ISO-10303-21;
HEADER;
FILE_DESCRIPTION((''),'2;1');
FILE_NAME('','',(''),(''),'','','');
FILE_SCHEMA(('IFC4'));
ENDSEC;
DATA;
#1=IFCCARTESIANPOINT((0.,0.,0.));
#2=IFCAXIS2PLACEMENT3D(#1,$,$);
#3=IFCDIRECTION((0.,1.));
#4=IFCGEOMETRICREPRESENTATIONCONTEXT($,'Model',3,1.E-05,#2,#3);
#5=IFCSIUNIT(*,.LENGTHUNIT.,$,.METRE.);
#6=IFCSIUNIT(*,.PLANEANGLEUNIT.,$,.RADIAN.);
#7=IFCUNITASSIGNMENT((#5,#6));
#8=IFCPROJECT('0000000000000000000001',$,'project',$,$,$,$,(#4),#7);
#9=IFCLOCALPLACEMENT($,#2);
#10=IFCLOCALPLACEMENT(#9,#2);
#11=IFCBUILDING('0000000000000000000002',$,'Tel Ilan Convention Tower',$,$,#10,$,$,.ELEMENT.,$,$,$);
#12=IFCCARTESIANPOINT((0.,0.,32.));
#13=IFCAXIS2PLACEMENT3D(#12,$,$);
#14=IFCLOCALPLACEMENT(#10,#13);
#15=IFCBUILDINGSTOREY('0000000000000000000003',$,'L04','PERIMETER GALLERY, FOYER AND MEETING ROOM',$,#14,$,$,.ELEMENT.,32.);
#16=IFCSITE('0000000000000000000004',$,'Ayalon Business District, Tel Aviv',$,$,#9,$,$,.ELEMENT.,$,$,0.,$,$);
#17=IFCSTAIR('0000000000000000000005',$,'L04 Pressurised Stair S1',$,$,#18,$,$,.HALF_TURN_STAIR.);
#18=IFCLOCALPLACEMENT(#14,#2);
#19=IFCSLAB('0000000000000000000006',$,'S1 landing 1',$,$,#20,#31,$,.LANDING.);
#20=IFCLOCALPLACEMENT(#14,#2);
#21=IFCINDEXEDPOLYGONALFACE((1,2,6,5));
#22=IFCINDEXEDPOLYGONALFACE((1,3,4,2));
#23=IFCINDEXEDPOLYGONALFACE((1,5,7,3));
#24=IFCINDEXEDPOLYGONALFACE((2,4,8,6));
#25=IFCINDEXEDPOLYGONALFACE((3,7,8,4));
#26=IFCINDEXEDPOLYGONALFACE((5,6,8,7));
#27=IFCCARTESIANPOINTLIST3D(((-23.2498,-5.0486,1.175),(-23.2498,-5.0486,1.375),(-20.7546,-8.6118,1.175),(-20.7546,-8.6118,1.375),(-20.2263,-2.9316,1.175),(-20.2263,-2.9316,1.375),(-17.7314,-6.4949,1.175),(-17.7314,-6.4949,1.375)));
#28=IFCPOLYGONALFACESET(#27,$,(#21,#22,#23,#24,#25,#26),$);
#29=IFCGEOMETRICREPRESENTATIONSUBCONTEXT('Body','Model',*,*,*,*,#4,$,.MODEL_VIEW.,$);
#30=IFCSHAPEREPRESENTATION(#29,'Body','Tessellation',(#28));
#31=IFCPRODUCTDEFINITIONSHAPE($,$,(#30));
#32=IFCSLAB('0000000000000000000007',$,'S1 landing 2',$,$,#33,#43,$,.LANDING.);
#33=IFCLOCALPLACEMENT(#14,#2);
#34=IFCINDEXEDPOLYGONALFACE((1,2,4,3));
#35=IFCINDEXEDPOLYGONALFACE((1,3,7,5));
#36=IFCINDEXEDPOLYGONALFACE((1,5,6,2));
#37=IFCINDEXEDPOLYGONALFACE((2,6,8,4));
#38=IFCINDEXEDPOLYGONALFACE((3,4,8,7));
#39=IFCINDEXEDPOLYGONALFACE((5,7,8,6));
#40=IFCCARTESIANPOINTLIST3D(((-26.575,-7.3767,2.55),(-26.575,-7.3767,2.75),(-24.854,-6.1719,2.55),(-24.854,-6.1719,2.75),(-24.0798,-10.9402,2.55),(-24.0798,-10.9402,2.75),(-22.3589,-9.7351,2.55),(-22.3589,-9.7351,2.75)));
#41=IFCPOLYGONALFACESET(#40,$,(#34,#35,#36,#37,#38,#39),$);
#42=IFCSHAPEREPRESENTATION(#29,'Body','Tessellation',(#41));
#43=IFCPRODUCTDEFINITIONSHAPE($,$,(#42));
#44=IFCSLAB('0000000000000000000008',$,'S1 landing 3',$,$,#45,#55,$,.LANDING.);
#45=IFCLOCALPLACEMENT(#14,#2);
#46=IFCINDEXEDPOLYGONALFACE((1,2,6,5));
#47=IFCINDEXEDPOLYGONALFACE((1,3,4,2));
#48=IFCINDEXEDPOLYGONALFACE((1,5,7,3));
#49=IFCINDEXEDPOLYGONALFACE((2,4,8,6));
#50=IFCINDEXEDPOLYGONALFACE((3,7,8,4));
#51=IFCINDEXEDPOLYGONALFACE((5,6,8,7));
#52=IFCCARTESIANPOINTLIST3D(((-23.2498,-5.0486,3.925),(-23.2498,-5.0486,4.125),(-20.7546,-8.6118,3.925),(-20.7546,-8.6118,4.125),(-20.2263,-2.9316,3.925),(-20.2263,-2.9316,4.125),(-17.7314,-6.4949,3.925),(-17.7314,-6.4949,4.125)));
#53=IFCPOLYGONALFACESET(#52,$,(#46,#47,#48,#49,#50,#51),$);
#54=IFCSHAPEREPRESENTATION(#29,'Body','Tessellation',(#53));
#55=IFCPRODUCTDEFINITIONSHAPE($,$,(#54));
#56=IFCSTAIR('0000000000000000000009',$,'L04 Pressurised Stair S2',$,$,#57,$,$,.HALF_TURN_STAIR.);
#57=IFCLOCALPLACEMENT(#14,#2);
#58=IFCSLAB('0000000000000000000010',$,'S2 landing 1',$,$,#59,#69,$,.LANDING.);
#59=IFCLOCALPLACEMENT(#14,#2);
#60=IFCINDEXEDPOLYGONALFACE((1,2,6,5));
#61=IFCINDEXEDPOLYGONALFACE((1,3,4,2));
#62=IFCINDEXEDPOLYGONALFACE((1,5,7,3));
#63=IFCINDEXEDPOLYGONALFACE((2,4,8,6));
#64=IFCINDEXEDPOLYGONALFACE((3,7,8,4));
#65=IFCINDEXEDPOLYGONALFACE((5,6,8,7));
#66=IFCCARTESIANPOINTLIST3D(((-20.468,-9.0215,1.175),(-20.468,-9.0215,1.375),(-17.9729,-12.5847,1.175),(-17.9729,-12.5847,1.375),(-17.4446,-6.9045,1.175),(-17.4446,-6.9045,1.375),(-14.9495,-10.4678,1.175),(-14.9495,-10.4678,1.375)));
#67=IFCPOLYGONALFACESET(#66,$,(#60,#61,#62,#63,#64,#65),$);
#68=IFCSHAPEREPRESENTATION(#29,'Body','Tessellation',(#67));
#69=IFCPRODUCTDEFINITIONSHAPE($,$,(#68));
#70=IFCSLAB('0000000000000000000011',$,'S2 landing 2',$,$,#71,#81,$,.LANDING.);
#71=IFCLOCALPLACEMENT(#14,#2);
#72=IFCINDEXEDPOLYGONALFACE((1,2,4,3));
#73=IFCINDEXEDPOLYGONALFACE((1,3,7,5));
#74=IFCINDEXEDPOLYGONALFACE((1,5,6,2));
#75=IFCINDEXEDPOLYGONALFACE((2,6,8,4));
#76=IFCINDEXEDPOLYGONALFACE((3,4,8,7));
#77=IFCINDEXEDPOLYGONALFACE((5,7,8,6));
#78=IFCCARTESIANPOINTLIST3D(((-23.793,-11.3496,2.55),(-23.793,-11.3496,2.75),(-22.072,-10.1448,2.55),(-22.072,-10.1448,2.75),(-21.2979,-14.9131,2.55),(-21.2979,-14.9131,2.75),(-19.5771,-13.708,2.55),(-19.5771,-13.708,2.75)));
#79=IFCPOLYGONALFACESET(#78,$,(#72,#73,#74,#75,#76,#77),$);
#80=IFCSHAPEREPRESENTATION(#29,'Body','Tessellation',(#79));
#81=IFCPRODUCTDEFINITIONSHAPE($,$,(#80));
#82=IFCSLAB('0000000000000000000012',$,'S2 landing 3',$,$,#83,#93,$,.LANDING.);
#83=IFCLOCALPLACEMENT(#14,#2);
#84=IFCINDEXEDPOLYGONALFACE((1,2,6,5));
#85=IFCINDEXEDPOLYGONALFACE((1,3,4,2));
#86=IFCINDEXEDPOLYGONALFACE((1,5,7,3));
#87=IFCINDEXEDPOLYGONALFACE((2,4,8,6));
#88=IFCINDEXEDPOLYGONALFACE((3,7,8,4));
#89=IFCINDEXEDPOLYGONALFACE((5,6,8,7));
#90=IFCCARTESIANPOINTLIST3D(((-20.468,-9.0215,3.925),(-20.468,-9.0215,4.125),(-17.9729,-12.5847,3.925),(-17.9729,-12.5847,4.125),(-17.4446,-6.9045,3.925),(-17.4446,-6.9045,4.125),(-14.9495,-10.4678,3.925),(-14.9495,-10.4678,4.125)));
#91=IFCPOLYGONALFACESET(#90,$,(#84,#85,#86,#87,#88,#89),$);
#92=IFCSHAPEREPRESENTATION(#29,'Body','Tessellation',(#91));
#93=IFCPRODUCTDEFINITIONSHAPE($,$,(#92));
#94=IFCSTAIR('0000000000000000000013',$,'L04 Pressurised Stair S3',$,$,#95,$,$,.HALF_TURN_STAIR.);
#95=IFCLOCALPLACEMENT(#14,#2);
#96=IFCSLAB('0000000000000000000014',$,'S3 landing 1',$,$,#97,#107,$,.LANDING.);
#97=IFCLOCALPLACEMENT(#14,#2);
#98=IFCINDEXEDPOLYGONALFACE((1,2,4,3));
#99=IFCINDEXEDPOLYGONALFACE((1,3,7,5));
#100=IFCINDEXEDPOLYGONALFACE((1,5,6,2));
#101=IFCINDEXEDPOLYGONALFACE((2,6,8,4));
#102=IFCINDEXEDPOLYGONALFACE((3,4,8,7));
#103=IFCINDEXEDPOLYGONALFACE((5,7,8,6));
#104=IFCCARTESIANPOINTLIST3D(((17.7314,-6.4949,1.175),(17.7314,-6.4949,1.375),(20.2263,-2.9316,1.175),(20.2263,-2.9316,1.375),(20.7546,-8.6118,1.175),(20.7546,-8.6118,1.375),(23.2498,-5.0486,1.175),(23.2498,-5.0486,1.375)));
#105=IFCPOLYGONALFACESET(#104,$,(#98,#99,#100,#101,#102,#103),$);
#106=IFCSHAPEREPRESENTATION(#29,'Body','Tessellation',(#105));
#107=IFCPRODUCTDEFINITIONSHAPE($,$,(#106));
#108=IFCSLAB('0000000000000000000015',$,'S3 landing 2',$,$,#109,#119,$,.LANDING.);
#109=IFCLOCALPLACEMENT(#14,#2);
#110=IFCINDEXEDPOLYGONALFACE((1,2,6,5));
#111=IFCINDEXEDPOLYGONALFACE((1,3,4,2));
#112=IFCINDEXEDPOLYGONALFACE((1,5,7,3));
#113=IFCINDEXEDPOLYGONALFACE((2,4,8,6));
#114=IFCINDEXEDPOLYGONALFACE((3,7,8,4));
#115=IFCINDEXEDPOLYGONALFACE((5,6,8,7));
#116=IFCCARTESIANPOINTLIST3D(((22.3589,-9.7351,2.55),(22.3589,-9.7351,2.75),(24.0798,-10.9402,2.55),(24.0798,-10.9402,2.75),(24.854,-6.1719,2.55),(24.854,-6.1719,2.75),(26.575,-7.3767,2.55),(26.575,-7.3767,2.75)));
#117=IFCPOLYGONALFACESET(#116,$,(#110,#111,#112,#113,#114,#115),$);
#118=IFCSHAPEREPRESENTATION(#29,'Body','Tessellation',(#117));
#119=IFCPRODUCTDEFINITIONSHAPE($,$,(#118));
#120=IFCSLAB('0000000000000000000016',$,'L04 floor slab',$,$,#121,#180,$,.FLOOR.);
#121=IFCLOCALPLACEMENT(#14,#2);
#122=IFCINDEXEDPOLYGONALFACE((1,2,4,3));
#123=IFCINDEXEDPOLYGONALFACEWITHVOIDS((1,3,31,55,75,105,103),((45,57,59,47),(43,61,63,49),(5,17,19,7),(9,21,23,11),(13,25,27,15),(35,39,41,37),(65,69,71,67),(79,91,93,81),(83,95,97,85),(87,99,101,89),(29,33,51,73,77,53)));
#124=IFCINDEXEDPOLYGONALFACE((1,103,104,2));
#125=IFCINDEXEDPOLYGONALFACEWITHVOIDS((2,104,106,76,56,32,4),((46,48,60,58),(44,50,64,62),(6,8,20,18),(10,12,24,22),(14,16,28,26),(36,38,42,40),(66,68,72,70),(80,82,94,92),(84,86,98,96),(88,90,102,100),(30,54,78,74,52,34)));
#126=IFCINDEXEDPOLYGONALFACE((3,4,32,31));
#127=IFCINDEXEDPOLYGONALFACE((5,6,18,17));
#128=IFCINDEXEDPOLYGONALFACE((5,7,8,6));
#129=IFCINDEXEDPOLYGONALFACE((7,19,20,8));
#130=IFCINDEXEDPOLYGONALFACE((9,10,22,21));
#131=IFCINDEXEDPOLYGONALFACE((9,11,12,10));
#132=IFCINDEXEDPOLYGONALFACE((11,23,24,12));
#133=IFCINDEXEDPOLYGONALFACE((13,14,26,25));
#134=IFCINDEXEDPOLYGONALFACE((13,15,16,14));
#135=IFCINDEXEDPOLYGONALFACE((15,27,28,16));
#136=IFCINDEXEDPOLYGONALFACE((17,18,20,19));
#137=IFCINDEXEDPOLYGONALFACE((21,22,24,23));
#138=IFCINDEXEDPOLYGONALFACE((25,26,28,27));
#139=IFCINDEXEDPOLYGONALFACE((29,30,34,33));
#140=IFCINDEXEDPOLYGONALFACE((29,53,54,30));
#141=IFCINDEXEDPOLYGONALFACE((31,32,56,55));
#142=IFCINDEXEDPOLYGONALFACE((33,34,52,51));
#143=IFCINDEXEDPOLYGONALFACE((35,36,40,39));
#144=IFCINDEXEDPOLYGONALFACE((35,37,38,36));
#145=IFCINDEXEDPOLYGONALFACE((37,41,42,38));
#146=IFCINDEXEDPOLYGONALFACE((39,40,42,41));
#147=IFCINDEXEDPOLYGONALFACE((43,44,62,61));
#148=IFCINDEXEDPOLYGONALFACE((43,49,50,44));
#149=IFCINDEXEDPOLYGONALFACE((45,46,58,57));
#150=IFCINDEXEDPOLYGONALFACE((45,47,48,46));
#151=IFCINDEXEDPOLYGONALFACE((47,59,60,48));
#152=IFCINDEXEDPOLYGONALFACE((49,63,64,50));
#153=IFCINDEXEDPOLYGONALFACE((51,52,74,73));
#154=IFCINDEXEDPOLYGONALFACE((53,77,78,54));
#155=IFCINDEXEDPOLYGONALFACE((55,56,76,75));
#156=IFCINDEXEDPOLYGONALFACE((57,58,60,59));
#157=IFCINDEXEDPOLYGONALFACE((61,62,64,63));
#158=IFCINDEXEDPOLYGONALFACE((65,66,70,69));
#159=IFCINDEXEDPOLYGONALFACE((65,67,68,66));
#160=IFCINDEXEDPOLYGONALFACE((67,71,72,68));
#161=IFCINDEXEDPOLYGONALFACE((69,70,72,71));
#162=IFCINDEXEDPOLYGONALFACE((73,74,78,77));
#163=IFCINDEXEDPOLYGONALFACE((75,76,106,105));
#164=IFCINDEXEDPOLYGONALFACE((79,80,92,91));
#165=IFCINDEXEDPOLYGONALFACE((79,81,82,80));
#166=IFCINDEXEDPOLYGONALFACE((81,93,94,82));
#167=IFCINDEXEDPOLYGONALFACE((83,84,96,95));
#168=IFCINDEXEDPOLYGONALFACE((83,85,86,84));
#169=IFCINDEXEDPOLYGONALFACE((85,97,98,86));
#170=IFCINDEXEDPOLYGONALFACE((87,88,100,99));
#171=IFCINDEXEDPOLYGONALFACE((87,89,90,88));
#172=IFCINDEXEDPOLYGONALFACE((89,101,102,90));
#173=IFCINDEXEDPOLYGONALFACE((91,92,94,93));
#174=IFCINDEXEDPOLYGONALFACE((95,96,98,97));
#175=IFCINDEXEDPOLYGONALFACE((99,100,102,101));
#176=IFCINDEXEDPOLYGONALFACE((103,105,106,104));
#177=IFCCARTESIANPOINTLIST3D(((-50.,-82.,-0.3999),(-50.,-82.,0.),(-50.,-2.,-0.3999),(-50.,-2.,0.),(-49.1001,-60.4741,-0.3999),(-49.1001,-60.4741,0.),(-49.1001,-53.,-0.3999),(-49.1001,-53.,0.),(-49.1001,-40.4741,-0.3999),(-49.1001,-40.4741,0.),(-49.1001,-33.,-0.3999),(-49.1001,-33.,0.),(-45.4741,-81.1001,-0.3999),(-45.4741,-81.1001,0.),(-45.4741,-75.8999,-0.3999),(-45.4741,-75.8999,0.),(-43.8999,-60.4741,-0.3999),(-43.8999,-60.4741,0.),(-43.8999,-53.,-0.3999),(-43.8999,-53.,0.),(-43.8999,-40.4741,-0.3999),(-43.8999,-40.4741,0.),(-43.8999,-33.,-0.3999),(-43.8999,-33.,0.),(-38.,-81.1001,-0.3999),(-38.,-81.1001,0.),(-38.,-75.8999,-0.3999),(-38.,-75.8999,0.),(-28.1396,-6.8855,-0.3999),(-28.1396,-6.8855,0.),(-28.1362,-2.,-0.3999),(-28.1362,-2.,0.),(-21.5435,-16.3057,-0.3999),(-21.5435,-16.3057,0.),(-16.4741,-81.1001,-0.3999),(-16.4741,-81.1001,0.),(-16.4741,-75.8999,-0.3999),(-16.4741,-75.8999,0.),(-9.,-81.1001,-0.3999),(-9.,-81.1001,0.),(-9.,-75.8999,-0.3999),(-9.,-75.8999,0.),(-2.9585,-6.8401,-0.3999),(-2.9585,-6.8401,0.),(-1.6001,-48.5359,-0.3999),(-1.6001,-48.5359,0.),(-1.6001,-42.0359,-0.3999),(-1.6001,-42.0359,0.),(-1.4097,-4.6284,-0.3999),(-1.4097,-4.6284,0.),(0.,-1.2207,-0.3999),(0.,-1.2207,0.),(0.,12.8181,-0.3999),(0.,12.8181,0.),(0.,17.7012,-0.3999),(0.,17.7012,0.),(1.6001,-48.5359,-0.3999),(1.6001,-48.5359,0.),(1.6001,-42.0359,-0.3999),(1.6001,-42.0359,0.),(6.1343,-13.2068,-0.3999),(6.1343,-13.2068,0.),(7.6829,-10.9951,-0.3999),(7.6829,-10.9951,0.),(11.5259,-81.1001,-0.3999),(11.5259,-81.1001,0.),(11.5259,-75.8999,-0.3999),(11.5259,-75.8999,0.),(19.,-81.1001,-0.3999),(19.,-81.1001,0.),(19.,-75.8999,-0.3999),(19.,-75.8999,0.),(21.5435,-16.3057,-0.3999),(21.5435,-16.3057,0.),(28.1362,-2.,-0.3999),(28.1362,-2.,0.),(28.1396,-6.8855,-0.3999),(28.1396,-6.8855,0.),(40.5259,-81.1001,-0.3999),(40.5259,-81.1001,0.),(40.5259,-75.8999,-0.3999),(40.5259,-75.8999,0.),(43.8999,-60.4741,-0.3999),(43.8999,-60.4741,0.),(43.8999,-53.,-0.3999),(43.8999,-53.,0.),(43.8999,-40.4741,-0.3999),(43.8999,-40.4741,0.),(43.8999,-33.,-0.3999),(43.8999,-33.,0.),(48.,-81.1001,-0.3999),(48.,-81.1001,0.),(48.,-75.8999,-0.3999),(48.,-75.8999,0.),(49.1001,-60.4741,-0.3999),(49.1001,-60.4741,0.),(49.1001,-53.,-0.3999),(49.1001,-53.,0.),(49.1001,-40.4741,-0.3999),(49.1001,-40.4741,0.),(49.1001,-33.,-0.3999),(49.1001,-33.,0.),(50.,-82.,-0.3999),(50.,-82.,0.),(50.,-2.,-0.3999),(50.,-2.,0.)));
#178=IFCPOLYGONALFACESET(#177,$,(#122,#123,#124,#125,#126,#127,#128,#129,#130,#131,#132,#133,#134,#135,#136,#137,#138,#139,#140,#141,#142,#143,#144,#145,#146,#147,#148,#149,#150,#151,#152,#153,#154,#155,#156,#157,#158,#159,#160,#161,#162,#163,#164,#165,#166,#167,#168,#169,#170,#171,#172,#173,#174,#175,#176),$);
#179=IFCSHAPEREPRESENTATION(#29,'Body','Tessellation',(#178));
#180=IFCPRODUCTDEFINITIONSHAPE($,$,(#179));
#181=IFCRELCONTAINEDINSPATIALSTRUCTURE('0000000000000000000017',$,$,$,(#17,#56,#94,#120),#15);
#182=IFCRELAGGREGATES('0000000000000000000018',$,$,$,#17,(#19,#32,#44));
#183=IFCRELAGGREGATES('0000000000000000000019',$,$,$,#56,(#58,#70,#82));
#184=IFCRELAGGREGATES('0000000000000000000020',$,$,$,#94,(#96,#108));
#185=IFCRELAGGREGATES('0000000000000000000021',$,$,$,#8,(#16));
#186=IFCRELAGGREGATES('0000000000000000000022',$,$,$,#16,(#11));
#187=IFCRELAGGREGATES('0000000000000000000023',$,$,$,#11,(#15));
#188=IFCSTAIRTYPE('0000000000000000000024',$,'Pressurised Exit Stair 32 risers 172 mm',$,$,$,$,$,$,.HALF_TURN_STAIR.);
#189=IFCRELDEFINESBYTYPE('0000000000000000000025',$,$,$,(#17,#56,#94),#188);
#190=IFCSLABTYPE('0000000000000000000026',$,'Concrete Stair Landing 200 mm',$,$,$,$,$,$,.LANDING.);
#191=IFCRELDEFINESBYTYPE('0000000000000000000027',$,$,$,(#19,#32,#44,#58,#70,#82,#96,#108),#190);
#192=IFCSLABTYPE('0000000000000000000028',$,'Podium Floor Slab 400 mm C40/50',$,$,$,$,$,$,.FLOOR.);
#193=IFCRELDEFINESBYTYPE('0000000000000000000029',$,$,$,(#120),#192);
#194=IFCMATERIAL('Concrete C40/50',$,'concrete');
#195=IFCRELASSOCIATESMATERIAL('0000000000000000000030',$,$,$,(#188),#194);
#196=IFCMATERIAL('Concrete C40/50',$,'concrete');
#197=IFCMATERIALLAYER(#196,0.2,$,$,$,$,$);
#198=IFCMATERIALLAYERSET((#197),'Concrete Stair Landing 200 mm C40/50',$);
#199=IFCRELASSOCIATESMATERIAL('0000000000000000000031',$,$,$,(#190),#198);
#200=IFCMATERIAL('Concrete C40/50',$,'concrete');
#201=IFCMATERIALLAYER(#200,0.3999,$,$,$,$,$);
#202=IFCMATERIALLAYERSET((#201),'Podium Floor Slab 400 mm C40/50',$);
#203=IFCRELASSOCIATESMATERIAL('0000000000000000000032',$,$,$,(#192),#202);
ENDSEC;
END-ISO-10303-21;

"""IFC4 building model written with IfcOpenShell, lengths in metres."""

from ifc_helpers import new_model, si_unit, direction, frame, origin, place, context, subcontext, project, spatial, polyline, outline, extrude, material, layer, layer_set, type_object, element, aggregate, save


model = new_model("IFC4")

# Units and contexts
model_context = context("Model", 3, precision=1e-05, world=origin(), true_north=direction((0.0, 1.0)))
body_context = subcontext(model_context, "Body", "Model", "MODEL_VIEW")
ifc_project = project(units=[si_unit("LENGTHUNIT", "METRE"), si_unit("PLANEANGLEUNIT", "RADIAN")], contexts=[model_context])

# Site, building, storey
site_placement = place(None, origin())
site = spatial("IfcSite", under=ifc_project, at=site_placement, Name="Ayalon Business District, Tel Aviv", CompositionType="ELEMENT", RefElevation=0.0)
building_placement = place(site_placement, origin())
building = spatial("IfcBuilding", under=site, at=building_placement, Name="Tel Ilan Convention Tower", CompositionType="ELEMENT")
storey_placement = place(building_placement, frame((0.0, 0.0, 32.0)))
storey = spatial("IfcBuildingStorey", under=building, at=storey_placement, Name="L04", Description="PERIMETER GALLERY, FOYER AND MEETING ROOM", CompositionType="ELEMENT", Elevation=32.0)

# Stairs, slabs
ifc_material_1 = material(Name="Concrete C40/50", Category="concrete")
stair_type = type_object("IfcStairType", Name="Pressurised Exit Stair 32 risers 172 mm", PredefinedType="HALF_TURN_STAIR", material=ifc_material_1)
stair_1_placement = place(storey_placement, origin())
stair_1 = element("IfcStair", 1, at=stair_1_placement, inside=storey, type_object=stair_type, Name="L04 Pressurised Stair S1", PredefinedType="HALF_TURN_STAIR")
ifc_material_2 = material(Name="Concrete C40/50", Category="concrete")
ifc_layer_1 = layer(ifc_material_2, 0.2)
ifc_layer_set_1 = layer_set([ifc_layer_1], Name="Concrete Stair Landing 200 mm C40/50")
slab_type_1 = type_object("IfcSlabType", Name="Concrete Stair Landing 200 mm", PredefinedType="LANDING", material=ifc_layer_set_1)
slab_1_placement = place(storey_placement, frame((0.0, 0.0, 1.175)))
slab_1 = element("IfcSlab", 2, at=slab_1_placement, type_object=slab_type_1, Name="S1 landing 1", PredefinedType="LANDING", context=body_context, shape_type="SweptSolid", body=[
    extrude(outline(polyline([(-20.7546, -8.6118), (-17.7314, -6.4949), (-20.2263, -2.9316), (-23.2498, -5.0486), (-20.7546, -8.6118)])), origin(), (0.0, 0.0, 1.0), 0.2),
])
slab_2_placement = place(storey_placement, frame((0.0, 0.0, 2.55)))
slab_2 = element("IfcSlab", 3, at=slab_2_placement, type_object=slab_type_1, Name="S1 landing 2", PredefinedType="LANDING", context=body_context, shape_type="SweptSolid", body=[
    extrude(outline(polyline([(-24.0798, -10.9402), (-22.3589, -9.7351), (-24.854, -6.1719), (-26.575, -7.3767), (-24.0798, -10.9402)])), origin(), (0.0, 0.0, 1.0), 0.2),
])
slab_3_placement = place(storey_placement, frame((0.0, 0.0, 3.925)))
slab_3 = element("IfcSlab", 4, at=slab_3_placement, type_object=slab_type_1, Name="S1 landing 3", PredefinedType="LANDING", context=body_context, shape_type="SweptSolid", body=[
    extrude(outline(polyline([(-20.7546, -8.6118), (-17.7314, -6.4949), (-20.2263, -2.9316), (-23.2498, -5.0486), (-20.7546, -8.6118)])), origin(), (0.0, 0.0, 1.0), 0.2),
])
aggregate(stair_1, [slab_1, slab_2, slab_3])
stair_2_placement = place(storey_placement, origin())
stair_2 = element("IfcStair", 5, at=stair_2_placement, inside=storey, type_object=stair_type, Name="L04 Pressurised Stair S2", PredefinedType="HALF_TURN_STAIR")
slab_4_placement = place(storey_placement, frame((0.0, 0.0, 1.175)))
slab_4 = element("IfcSlab", 6, at=slab_4_placement, type_object=slab_type_1, Name="S2 landing 1", PredefinedType="LANDING", context=body_context, shape_type="SweptSolid", body=[
    extrude(outline(polyline([(-17.9729, -12.5847), (-14.9495, -10.4678), (-17.4446, -6.9045), (-20.468, -9.0215), (-17.9729, -12.5847)])), origin(), (0.0, 0.0, 1.0), 0.2),
])
slab_5_placement = place(storey_placement, frame((0.0, 0.0, 2.55)))
slab_5 = element("IfcSlab", 7, at=slab_5_placement, type_object=slab_type_1, Name="S2 landing 2", PredefinedType="LANDING", context=body_context, shape_type="SweptSolid", body=[
    extrude(outline(polyline([(-21.2979, -14.9131), (-19.5771, -13.708), (-22.072, -10.1448), (-23.793, -11.3496), (-21.2979, -14.9131)])), origin(), (0.0, 0.0, 1.0), 0.2),
])
slab_6_placement = place(storey_placement, frame((0.0, 0.0, 3.925)))
slab_6 = element("IfcSlab", 8, at=slab_6_placement, type_object=slab_type_1, Name="S2 landing 3", PredefinedType="LANDING", context=body_context, shape_type="SweptSolid", body=[
    extrude(outline(polyline([(-17.9729, -12.5847), (-14.9495, -10.4678), (-17.4446, -6.9045), (-20.468, -9.0215), (-17.9729, -12.5847)])), origin(), (0.0, 0.0, 1.0), 0.2),
])
aggregate(stair_2, [slab_4, slab_5, slab_6])
stair_3_placement = place(storey_placement, origin())
stair_3 = element("IfcStair", 9, at=stair_3_placement, inside=storey, type_object=stair_type, Name="L04 Pressurised Stair S3", PredefinedType="HALF_TURN_STAIR")
slab_7_placement = place(storey_placement, frame((0.0, 0.0, 1.175)))
slab_7 = element("IfcSlab", 10, at=slab_7_placement, type_object=slab_type_1, Name="S3 landing 1", PredefinedType="LANDING", context=body_context, shape_type="SweptSolid", body=[
    extrude(outline(polyline([(23.2498, -5.0486), (20.2263, -2.9316), (17.7314, -6.4949), (20.7546, -8.6118), (23.2498, -5.0486)])), origin(), (0.0, 0.0, 1.0), 0.2),
])
slab_8_placement = place(storey_placement, frame((0.0, 0.0, 2.55)))
slab_8 = element("IfcSlab", 11, at=slab_8_placement, type_object=slab_type_1, Name="S3 landing 2", PredefinedType="LANDING", context=body_context, shape_type="SweptSolid", body=[
    extrude(outline(polyline([(26.575, -7.3767), (24.854, -6.1719), (22.3589, -9.7351), (24.0798, -10.9402), (26.575, -7.3767)])), origin(), (0.0, 0.0, 1.0), 0.2),
])
aggregate(stair_3, [slab_7, slab_8])

# Slab
ifc_material_3 = material(Name="Concrete C40/50", Category="concrete")
ifc_layer_2 = layer(ifc_material_3, 0.3999)
ifc_layer_set_2 = layer_set([ifc_layer_2], Name="Podium Floor Slab 400 mm C40/50")
slab_type_2 = type_object("IfcSlabType", Name="Podium Floor Slab 400 mm C40/50", PredefinedType="FLOOR", material=ifc_layer_set_2)
slab_9_placement = place(storey_placement, frame((0.0, 0.0, -0.3999)))
element("IfcSlab", 12, at=slab_9_placement, inside=storey, type_object=slab_type_2, Name="L04 floor slab", PredefinedType="FLOOR", context=body_context, shape_type="SweptSolid", body=[
    extrude(outline(polyline([(-50.0, -2.0), (-28.1362, -2.0), (0.0, 17.7012), (28.1362, -2.0), (50.0, -2.0), (50.0, -82.0), (-50.0, -82.0), (-50.0, -2.0)]), holes=[polyline([(43.8999, -53.0), (43.8999, -60.4741), (49.1001, -60.4741), (49.1001, -53.0), (43.8999, -53.0)]), polyline([(49.1001, -33.0), (43.8999, -33.0), (43.8999, -40.4741), (49.1001, -40.4741), (49.1001, -33.0)]), polyline([(48.0, -75.8999), (40.5259, -75.8999), (40.5259, -81.1001), (48.0, -81.1001), (48.0, -75.8999)]), polyline([(21.5435, -16.3057), (28.1396, -6.8855), (0.0, 12.8181), (-28.1396, -6.8855), (-21.5435, -16.3057), (0.0, -1.2207), (21.5435, -16.3057)]), polyline([(11.5259, -75.8999), (11.5259, -81.1001), (19.0, -81.1001), (19.0, -75.8999), (11.5259, -75.8999)]), polyline([(6.1343, -13.2068), (7.6829, -10.9951), (-1.4097, -4.6284), (-2.9585, -6.8401), (6.1343, -13.2068)]), polyline([(-1.6001, -42.0359), (-1.6001, -48.5359), (1.6001, -48.5359), (1.6001, -42.0359), (-1.6001, -42.0359)]), polyline([(-16.4741, -75.8999), (-16.4741, -81.1001), (-9.0, -81.1001), (-9.0, -75.8999), (-16.4741, -75.8999)]), polyline([(-45.4741, -75.8999), (-45.4741, -81.1001), (-38.0, -81.1001), (-38.0, -75.8999), (-45.4741, -75.8999)]), polyline([(-49.1001, -33.0), (-49.1001, -40.4741), (-43.8999, -40.4741), (-43.8999, -33.0), (-49.1001, -33.0)]), polyline([(-43.8999, -53.0), (-49.1001, -53.0), (-49.1001, -60.4741), (-43.8999, -60.4741), (-43.8999, -53.0)])]), origin(), (0.0, 0.0, 1.0), 0.3999),
])

save(model, "model.ifc")
